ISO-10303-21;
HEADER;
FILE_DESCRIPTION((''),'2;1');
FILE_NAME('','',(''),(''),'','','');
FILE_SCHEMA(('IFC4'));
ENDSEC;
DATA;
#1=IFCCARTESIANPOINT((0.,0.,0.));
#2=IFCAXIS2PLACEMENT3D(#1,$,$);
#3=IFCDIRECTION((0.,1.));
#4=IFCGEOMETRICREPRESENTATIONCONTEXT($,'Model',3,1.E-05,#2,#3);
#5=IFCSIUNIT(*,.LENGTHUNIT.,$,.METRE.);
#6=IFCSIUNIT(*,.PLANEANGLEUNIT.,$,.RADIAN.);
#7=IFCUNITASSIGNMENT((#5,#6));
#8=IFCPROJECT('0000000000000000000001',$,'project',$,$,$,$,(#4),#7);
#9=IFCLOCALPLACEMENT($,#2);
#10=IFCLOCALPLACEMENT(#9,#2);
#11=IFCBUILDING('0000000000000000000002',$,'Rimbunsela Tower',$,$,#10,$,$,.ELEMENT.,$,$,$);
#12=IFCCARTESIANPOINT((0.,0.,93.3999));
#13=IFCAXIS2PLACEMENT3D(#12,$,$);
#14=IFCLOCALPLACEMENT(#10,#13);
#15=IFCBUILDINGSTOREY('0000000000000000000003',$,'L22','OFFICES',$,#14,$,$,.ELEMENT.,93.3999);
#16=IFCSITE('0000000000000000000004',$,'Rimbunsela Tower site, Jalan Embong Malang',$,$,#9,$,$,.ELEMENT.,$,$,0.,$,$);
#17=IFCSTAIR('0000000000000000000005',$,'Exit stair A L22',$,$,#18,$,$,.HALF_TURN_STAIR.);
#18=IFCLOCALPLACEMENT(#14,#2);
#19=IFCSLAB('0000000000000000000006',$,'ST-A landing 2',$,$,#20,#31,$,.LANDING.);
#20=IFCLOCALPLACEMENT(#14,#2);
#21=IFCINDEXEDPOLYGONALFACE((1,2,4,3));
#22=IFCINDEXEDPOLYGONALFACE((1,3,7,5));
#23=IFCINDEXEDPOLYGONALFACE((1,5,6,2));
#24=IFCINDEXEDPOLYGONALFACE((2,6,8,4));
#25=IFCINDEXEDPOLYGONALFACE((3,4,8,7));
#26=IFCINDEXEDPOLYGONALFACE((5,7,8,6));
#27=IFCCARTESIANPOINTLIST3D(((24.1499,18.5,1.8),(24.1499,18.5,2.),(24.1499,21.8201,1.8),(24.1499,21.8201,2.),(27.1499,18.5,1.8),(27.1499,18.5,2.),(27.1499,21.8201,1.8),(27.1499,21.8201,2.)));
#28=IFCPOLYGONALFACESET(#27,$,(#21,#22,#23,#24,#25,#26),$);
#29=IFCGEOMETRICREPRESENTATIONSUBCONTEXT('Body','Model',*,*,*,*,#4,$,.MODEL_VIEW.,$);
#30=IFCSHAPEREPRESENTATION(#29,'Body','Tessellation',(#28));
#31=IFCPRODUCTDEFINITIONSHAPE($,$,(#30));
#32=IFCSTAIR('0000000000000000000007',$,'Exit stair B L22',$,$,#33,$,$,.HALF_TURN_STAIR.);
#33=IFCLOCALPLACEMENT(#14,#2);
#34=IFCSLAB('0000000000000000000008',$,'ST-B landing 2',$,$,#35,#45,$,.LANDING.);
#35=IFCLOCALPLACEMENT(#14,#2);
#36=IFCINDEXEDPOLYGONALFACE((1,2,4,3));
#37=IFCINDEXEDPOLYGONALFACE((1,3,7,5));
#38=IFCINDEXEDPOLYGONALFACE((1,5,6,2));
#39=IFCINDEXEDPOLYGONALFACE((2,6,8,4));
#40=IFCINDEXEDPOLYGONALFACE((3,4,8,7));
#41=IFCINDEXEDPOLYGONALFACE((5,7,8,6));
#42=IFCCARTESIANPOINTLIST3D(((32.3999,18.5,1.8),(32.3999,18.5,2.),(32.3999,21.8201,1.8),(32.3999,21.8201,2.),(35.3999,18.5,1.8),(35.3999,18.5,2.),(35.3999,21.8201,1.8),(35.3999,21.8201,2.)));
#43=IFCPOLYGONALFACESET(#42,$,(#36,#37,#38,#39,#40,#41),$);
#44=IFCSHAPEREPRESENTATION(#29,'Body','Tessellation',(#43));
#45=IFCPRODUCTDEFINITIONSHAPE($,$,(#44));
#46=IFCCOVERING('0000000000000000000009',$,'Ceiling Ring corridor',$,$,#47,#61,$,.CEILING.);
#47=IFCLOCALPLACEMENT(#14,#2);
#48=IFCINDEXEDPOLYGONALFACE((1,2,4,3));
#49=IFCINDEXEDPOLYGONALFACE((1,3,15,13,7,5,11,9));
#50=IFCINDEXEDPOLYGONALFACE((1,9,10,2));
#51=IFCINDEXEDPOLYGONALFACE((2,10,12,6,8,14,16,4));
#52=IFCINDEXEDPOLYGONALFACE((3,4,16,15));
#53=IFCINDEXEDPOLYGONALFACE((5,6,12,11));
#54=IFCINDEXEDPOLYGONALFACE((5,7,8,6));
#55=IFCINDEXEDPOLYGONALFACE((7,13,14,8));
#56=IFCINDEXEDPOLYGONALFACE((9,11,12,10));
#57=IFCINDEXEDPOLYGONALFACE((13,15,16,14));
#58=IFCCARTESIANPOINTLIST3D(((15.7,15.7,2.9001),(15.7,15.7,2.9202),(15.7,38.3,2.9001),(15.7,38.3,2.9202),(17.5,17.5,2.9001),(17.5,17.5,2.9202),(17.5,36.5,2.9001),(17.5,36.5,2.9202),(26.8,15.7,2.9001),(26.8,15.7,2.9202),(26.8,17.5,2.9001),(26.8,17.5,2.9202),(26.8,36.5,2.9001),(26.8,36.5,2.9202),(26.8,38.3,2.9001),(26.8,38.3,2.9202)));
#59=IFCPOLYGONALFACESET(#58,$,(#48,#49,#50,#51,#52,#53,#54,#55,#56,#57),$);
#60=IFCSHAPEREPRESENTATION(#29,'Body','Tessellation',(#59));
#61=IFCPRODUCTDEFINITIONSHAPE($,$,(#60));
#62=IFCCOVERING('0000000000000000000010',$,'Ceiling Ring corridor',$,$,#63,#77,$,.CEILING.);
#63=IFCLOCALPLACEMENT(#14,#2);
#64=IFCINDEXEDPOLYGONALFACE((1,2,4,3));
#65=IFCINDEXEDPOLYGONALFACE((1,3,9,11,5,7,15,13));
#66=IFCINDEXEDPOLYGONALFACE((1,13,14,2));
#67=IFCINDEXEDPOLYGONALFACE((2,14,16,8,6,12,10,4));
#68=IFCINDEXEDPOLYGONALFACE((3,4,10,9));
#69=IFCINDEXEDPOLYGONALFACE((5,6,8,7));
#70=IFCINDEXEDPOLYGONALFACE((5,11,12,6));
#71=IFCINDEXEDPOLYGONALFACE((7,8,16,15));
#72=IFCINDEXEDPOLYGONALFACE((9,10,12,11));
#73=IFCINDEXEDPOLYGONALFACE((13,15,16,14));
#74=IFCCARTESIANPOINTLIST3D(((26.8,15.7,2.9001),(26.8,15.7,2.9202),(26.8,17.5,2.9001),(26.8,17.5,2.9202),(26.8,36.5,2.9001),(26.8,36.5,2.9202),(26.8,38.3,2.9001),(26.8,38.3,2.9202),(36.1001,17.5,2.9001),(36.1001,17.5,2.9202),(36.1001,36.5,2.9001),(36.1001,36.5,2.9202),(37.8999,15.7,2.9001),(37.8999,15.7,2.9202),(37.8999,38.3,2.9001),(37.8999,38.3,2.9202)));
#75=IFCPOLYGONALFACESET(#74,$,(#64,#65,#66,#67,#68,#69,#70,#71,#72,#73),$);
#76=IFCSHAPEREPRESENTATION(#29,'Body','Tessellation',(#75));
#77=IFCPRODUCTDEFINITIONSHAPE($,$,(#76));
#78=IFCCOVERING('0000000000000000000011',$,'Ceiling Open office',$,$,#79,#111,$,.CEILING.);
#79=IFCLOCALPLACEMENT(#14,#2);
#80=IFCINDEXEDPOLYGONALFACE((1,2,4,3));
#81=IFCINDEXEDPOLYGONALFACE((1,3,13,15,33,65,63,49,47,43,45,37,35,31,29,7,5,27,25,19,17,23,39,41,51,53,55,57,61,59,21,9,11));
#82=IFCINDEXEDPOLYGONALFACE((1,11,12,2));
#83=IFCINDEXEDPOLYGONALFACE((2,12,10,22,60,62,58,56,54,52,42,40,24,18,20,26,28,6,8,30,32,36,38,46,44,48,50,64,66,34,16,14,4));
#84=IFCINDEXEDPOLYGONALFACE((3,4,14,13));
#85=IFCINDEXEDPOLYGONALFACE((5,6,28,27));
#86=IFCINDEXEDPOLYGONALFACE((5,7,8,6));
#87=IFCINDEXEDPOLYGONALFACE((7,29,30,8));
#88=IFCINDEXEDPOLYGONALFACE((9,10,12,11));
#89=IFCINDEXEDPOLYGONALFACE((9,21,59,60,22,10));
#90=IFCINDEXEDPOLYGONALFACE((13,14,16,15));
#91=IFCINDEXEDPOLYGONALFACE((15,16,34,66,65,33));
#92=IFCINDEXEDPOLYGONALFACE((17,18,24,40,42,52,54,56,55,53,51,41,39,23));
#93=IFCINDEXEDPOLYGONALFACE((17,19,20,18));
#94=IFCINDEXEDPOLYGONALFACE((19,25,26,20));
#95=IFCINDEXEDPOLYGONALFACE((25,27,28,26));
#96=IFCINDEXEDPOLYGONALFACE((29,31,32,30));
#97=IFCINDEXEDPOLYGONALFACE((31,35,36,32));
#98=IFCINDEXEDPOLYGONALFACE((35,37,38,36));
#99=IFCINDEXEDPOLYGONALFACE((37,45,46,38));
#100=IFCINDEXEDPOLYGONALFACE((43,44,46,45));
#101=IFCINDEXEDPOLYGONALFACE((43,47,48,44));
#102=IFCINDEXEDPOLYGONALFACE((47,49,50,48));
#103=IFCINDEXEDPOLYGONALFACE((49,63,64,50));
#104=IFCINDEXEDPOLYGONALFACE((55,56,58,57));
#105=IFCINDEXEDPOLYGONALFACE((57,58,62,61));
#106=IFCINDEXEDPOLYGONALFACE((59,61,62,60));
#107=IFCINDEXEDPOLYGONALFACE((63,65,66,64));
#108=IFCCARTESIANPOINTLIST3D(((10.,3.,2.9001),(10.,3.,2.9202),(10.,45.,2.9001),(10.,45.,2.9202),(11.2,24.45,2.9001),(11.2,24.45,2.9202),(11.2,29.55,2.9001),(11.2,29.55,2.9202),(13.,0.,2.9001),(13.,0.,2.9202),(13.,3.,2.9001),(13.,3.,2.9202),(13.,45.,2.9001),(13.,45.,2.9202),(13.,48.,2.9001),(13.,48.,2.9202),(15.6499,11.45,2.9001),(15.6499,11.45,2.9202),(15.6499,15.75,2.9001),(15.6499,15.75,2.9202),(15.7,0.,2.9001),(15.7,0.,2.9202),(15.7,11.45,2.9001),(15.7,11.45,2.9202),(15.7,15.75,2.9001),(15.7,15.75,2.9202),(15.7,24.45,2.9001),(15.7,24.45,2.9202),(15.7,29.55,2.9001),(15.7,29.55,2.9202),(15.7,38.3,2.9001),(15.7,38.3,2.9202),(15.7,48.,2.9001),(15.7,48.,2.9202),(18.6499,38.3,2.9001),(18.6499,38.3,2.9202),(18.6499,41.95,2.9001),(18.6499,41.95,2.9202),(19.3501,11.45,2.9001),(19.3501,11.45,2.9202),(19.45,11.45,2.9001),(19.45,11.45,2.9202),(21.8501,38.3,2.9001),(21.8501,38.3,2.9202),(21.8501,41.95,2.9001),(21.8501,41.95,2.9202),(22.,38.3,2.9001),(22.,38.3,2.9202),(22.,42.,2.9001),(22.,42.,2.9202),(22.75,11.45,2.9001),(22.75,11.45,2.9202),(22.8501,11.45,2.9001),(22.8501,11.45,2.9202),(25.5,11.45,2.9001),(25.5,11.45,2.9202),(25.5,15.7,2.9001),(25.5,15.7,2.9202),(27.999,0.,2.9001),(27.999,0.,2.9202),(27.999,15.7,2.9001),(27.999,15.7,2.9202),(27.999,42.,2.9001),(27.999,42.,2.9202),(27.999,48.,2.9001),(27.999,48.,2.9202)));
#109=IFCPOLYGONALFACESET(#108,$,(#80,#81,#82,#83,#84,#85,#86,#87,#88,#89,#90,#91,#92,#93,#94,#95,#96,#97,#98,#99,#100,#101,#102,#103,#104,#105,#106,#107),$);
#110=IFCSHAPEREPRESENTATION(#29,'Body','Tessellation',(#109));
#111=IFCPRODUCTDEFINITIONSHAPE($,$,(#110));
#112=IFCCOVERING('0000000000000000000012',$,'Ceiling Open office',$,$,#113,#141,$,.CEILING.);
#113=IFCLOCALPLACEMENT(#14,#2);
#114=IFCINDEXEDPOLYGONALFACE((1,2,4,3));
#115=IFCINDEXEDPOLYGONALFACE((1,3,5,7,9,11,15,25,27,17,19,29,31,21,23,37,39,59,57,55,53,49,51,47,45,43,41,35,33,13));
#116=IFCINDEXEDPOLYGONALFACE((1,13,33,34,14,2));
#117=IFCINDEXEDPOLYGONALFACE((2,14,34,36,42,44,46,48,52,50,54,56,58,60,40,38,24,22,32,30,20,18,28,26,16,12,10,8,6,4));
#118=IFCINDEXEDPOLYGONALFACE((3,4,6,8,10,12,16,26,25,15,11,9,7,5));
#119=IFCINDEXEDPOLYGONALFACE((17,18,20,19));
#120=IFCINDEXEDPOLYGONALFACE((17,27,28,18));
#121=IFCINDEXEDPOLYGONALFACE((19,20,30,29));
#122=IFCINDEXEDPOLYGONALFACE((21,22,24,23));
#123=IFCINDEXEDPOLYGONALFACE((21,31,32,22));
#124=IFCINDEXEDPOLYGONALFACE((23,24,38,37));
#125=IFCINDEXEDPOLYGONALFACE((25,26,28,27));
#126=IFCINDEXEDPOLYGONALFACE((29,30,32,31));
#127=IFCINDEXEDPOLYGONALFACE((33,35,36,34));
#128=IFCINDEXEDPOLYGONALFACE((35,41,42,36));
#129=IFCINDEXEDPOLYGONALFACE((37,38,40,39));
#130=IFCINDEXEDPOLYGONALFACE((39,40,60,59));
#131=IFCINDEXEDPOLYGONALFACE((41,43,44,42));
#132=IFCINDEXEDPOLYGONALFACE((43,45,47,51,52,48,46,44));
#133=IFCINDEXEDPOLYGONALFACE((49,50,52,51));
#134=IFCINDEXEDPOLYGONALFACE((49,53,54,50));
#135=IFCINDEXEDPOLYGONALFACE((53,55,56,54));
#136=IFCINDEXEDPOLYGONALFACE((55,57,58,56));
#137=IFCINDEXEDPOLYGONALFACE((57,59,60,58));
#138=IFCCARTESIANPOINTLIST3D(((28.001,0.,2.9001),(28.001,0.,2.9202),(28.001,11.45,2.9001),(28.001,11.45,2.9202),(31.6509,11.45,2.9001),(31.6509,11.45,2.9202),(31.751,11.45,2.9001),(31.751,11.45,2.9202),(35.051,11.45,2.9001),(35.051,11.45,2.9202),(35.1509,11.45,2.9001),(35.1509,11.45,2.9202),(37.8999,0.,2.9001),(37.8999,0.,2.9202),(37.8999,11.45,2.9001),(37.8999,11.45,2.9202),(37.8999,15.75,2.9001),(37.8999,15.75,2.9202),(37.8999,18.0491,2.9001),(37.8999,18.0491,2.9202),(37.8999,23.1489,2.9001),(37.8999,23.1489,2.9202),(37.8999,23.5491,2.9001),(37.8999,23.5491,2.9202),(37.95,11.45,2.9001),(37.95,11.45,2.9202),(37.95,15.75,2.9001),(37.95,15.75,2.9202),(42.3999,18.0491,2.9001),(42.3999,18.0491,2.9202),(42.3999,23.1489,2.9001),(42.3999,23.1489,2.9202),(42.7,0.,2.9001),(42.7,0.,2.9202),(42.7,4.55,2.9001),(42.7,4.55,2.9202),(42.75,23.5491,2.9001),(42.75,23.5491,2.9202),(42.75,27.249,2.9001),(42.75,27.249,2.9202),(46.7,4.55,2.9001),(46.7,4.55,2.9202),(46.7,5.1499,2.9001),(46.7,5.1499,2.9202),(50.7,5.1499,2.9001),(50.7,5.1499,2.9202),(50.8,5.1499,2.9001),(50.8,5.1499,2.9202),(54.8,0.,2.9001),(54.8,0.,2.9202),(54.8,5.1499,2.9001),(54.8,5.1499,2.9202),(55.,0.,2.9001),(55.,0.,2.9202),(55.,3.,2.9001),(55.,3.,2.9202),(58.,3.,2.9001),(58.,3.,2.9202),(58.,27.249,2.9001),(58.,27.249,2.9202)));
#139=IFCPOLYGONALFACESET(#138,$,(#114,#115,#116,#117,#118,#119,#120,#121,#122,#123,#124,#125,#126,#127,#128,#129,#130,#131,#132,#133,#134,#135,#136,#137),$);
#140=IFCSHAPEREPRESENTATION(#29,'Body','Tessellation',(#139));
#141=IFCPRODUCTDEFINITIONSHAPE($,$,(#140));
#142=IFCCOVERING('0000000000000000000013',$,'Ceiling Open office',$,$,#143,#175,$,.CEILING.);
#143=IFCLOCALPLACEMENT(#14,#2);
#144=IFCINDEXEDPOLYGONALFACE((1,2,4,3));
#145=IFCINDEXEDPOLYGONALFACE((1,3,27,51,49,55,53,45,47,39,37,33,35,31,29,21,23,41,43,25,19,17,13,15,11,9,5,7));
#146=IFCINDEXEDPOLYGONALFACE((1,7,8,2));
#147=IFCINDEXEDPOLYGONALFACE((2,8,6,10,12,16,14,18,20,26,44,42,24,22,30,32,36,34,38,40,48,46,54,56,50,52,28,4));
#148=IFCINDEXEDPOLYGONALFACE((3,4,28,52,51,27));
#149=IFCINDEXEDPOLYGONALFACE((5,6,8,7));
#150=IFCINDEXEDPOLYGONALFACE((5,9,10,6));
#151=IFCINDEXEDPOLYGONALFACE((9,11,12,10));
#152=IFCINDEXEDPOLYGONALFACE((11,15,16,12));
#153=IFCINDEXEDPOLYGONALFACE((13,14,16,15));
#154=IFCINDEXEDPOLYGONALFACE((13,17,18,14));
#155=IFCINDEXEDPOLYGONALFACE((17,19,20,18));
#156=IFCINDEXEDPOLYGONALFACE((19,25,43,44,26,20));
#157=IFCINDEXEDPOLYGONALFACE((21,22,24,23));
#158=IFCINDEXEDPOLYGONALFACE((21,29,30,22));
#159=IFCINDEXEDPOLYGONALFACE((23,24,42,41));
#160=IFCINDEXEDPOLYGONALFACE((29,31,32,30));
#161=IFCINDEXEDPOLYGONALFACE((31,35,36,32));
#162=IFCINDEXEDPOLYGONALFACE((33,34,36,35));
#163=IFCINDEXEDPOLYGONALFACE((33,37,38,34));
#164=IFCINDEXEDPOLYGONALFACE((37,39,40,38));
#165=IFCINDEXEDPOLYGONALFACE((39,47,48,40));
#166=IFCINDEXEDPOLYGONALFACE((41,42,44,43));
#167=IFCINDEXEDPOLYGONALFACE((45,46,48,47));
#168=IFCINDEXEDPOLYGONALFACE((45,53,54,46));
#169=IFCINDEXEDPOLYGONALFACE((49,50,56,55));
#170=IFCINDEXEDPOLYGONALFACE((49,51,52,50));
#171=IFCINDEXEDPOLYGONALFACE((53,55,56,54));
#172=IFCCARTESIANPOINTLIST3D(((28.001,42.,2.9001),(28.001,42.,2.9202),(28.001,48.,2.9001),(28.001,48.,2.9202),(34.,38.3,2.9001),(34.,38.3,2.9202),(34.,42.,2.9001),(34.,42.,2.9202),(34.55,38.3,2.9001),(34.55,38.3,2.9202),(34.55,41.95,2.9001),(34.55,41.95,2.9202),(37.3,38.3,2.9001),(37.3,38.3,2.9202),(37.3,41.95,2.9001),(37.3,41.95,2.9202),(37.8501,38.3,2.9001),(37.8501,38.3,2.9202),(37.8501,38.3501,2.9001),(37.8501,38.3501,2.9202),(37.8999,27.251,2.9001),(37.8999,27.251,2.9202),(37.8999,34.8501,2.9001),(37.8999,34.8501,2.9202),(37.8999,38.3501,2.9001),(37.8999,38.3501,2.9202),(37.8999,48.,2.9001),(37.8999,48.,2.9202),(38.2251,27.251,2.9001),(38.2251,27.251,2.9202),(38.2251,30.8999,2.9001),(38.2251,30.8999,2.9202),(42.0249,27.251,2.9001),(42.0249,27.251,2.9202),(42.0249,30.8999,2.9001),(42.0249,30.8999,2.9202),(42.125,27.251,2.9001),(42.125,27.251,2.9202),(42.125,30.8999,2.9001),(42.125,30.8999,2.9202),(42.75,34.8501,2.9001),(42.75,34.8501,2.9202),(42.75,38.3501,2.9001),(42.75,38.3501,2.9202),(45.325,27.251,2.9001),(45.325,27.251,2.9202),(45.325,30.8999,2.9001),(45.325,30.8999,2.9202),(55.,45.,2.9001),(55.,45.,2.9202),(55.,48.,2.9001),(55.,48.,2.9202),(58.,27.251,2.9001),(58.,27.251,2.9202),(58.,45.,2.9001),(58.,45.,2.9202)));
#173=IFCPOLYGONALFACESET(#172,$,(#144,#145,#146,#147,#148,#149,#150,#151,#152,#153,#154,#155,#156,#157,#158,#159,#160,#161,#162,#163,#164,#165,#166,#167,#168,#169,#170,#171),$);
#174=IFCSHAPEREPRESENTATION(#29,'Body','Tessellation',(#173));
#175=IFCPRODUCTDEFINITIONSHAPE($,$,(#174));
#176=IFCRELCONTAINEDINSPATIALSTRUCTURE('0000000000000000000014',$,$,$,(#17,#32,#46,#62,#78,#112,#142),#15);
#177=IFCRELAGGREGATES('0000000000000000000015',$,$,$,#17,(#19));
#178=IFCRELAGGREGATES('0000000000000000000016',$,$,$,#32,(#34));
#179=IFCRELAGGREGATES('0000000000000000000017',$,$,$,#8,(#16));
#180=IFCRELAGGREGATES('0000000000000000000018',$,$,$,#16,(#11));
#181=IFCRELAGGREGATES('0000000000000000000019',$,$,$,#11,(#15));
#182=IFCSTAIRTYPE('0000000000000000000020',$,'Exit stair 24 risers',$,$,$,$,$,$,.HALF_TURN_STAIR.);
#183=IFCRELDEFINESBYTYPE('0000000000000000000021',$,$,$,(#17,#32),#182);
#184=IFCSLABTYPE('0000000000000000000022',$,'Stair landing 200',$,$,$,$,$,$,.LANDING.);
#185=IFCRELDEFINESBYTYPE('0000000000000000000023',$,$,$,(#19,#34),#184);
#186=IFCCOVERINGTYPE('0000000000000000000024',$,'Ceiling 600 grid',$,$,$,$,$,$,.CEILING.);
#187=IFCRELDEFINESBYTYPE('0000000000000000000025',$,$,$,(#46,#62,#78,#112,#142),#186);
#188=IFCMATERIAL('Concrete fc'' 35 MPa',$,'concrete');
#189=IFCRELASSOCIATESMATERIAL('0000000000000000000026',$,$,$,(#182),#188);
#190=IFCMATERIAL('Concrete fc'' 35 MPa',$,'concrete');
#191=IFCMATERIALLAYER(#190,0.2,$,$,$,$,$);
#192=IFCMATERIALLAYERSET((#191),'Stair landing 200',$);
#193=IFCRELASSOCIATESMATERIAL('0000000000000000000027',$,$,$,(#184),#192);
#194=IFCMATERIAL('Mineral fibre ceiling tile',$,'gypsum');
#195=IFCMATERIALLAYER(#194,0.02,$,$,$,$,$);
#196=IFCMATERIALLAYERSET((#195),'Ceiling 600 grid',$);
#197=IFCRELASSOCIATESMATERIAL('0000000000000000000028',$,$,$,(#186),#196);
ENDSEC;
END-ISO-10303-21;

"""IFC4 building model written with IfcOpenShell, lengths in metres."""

from ifc_helpers import new_model, si_unit, direction, frame, origin, place, context, subcontext, project, spatial, polyline, outline, extrude, material, layer, layer_set, type_object, element, aggregate, save


model = new_model("IFC4")

# Units and contexts
model_context = context("Model", 3, precision=1e-05, world=origin(), true_north=direction((0.0, 1.0)))
body_context = subcontext(model_context, "Body", "Model", "MODEL_VIEW")
ifc_project = project(units=[si_unit("LENGTHUNIT", "METRE"), si_unit("PLANEANGLEUNIT", "RADIAN")], contexts=[model_context])

# Site, building, storey
site_placement = place(None, origin())
site = spatial("IfcSite", under=ifc_project, at=site_placement, Name="Rimbunsela Tower site, Jalan Embong Malang", CompositionType="ELEMENT", RefElevation=0.0)
building_placement = place(site_placement, origin())
building = spatial("IfcBuilding", under=site, at=building_placement, Name="Rimbunsela Tower", CompositionType="ELEMENT")
storey_placement = place(building_placement, frame((0.0, 0.0, 93.3999)))
storey = spatial("IfcBuildingStorey", under=building, at=storey_placement, Name="L22", Description="OFFICES", CompositionType="ELEMENT", Elevation=93.3999)

# Stairs, slabs
ifc_material_1 = material(Name="Concrete fc' 35 MPa", Category="concrete")
stair_type = type_object("IfcStairType", Name="Exit stair 24 risers", PredefinedType="HALF_TURN_STAIR", material=ifc_material_1)
stair_1_placement = place(storey_placement, origin())
stair_1 = element("IfcStair", 1, at=stair_1_placement, inside=storey, type_object=stair_type, Name="Exit stair A L22", PredefinedType="HALF_TURN_STAIR")
ifc_material_2 = material(Name="Concrete fc' 35 MPa", Category="concrete")
ifc_layer_1 = layer(ifc_material_2, 0.2)
ifc_layer_set_1 = layer_set([ifc_layer_1], Name="Stair landing 200")
slab_type = type_object("IfcSlabType", Name="Stair landing 200", PredefinedType="LANDING", material=ifc_layer_set_1)
slab_1_placement = place(storey_placement, frame((0.0, 0.0, 1.8)))
slab_1 = element("IfcSlab", 2, at=slab_1_placement, type_object=slab_type, Name="ST-A landing 2", PredefinedType="LANDING", context=body_context, shape_type="SweptSolid", body=[
    extrude(outline(polyline([(24.1499, 18.5), (27.1499, 18.5), (27.1499, 21.8201), (24.1499, 21.8201), (24.1499, 18.5)])), origin(), (0.0, 0.0, 1.0), 0.2),
])
aggregate(stair_1, [slab_1])
stair_2_placement = place(storey_placement, origin())
stair_2 = element("IfcStair", 3, at=stair_2_placement, inside=storey, type_object=stair_type, Name="Exit stair B L22", PredefinedType="HALF_TURN_STAIR")
slab_2_placement = place(storey_placement, frame((0.0, 0.0, 1.8)))
slab_2 = element("IfcSlab", 4, at=slab_2_placement, type_object=slab_type, Name="ST-B landing 2", PredefinedType="LANDING", context=body_context, shape_type="SweptSolid", body=[
    extrude(outline(polyline([(32.3999, 18.5), (35.3999, 18.5), (35.3999, 21.8201), (32.3999, 21.8201), (32.3999, 18.5)])), origin(), (0.0, 0.0, 1.0), 0.2),
])
aggregate(stair_2, [slab_2])

# Coverings
ifc_material_3 = material(Name="Mineral fibre ceiling tile", Category="gypsum")
ifc_layer_2 = layer(ifc_material_3, 0.02)
ifc_layer_set_2 = layer_set([ifc_layer_2], Name="Ceiling 600 grid")
covering_type_1 = type_object("IfcCoveringType", Name="Ceiling 600 grid", PredefinedType="CEILING", material=ifc_layer_set_2)
covering_1_placement = place(storey_placement, frame((0.0, 0.0, 2.9001)))
element("IfcCovering", 5, at=covering_1_placement, inside=storey, type_object=covering_type_1, Name="Ceiling Ring corridor", PredefinedType="CEILING", context=body_context, shape_type="SweptSolid", body=[
    extrude(outline(polyline([(15.7, 38.3), (26.8, 38.3), (26.8, 36.5), (17.5, 36.5), (17.5, 17.5), (26.8, 17.5), (26.8, 15.7), (15.7, 15.7), (15.7, 38.3)])), origin(), (0.0, 0.0, 1.0), 0.02),
])
covering_2_placement = place(storey_placement, frame((0.0, 0.0, 2.9001)))
element("IfcCovering", 6, at=covering_2_placement, inside=storey, type_object=covering_type_1, Name="Ceiling Ring corridor", PredefinedType="CEILING", context=body_context, shape_type="SweptSolid", body=[
    extrude(outline(polyline([(37.8999, 38.3), (37.8999, 15.7), (26.8, 15.7), (26.8, 17.5), (36.1001, 17.5), (36.1001, 36.5), (26.8, 36.5), (26.8, 38.3), (37.8999, 38.3)])), origin(), (0.0, 0.0, 1.0), 0.02),
])
covering_3_placement = place(storey_placement, frame((0.0, 0.0, 2.9001)))
element("IfcCovering", 7, at=covering_3_placement, inside=storey, type_object=covering_type_1, Name="Ceiling Open office", PredefinedType="CEILING", context=body_context, shape_type="SweptSolid", body=[
    extrude(outline(polyline([(19.45, 11.45), (22.75, 11.45), (22.8501, 11.45), (25.5, 11.45), (25.5, 15.7), (27.999, 15.7), (27.999, 0.0), (15.7, 0.0), (13.0, 0.0), (13.0, 3.0), (10.0, 3.0), (10.0, 45.0), (13.0, 45.0), (13.0, 48.0), (15.7, 48.0), (27.999, 48.0), (27.999, 42.0), (22.0, 42.0), (22.0, 38.3), (21.8501, 38.3), (21.8501, 41.95), (18.6499, 41.95), (18.6499, 38.3), (15.7, 38.3), (15.7, 29.55), (11.2, 29.55), (11.2, 24.45), (15.7, 24.45), (15.7, 15.75), (15.6499, 15.75), (15.6499, 11.45), (15.7, 11.45), (19.3501, 11.45), (19.45, 11.45)])), origin(), (0.0, 0.0, 1.0), 0.02),
])
covering_4_placement = place(storey_placement, frame((0.0, 0.0, 2.9001)))
element("IfcCovering", 8, at=covering_4_placement, inside=storey, type_object=covering_type_1, Name="Ceiling Open office", PredefinedType="CEILING", context=body_context, shape_type="SweptSolid", body=[
    extrude(outline(polyline([(28.001, 11.45), (31.6509, 11.45), (31.751, 11.45), (35.051, 11.45), (35.1509, 11.45), (37.8999, 11.45), (37.95, 11.45), (37.95, 15.75), (37.8999, 15.75), (37.8999, 18.0491), (42.3999, 18.0491), (42.3999, 23.1489), (37.8999, 23.1489), (37.8999, 23.5491), (42.75, 23.5491), (42.75, 27.249), (58.0, 27.249), (58.0, 3.0), (55.0, 3.0), (55.0, 0.0), (54.8, 0.0), (54.8, 5.1499), (50.8, 5.1499), (50.7, 5.1499), (46.7, 5.1499), (46.7, 4.55), (42.7, 4.55), (42.7, 0.0), (37.8999, 0.0), (28.001, 0.0), (28.001, 11.45)])), origin(), (0.0, 0.0, 1.0), 0.02),
])
covering_5_placement = place(storey_placement, frame((0.0, 0.0, 2.9001)))
element("IfcCovering", 9, at=covering_5_placement, inside=storey, type_object=covering_type_1, Name="Ceiling Open office", PredefinedType="CEILING", context=body_context, shape_type="SweptSolid", body=[
    extrude(outline(polyline([(58.0, 27.251), (45.325, 27.251), (45.325, 30.8999), (42.125, 30.8999), (42.125, 27.251), (42.0249, 27.251), (42.0249, 30.8999), (38.2251, 30.8999), (38.2251, 27.251), (37.8999, 27.251), (37.8999, 34.8501), (42.75, 34.8501), (42.75, 38.3501), (37.8999, 38.3501), (37.8501, 38.3501), (37.8501, 38.3), (37.3, 38.3), (37.3, 41.95), (34.55, 41.95), (34.55, 38.3), (34.0, 38.3), (34.0, 42.0), (28.001, 42.0), (28.001, 48.0), (37.8999, 48.0), (55.0, 48.0), (55.0, 45.0), (58.0, 45.0), (58.0, 27.251)])), origin(), (0.0, 0.0, 1.0), 0.02),
])

save(model, "model.ifc")
